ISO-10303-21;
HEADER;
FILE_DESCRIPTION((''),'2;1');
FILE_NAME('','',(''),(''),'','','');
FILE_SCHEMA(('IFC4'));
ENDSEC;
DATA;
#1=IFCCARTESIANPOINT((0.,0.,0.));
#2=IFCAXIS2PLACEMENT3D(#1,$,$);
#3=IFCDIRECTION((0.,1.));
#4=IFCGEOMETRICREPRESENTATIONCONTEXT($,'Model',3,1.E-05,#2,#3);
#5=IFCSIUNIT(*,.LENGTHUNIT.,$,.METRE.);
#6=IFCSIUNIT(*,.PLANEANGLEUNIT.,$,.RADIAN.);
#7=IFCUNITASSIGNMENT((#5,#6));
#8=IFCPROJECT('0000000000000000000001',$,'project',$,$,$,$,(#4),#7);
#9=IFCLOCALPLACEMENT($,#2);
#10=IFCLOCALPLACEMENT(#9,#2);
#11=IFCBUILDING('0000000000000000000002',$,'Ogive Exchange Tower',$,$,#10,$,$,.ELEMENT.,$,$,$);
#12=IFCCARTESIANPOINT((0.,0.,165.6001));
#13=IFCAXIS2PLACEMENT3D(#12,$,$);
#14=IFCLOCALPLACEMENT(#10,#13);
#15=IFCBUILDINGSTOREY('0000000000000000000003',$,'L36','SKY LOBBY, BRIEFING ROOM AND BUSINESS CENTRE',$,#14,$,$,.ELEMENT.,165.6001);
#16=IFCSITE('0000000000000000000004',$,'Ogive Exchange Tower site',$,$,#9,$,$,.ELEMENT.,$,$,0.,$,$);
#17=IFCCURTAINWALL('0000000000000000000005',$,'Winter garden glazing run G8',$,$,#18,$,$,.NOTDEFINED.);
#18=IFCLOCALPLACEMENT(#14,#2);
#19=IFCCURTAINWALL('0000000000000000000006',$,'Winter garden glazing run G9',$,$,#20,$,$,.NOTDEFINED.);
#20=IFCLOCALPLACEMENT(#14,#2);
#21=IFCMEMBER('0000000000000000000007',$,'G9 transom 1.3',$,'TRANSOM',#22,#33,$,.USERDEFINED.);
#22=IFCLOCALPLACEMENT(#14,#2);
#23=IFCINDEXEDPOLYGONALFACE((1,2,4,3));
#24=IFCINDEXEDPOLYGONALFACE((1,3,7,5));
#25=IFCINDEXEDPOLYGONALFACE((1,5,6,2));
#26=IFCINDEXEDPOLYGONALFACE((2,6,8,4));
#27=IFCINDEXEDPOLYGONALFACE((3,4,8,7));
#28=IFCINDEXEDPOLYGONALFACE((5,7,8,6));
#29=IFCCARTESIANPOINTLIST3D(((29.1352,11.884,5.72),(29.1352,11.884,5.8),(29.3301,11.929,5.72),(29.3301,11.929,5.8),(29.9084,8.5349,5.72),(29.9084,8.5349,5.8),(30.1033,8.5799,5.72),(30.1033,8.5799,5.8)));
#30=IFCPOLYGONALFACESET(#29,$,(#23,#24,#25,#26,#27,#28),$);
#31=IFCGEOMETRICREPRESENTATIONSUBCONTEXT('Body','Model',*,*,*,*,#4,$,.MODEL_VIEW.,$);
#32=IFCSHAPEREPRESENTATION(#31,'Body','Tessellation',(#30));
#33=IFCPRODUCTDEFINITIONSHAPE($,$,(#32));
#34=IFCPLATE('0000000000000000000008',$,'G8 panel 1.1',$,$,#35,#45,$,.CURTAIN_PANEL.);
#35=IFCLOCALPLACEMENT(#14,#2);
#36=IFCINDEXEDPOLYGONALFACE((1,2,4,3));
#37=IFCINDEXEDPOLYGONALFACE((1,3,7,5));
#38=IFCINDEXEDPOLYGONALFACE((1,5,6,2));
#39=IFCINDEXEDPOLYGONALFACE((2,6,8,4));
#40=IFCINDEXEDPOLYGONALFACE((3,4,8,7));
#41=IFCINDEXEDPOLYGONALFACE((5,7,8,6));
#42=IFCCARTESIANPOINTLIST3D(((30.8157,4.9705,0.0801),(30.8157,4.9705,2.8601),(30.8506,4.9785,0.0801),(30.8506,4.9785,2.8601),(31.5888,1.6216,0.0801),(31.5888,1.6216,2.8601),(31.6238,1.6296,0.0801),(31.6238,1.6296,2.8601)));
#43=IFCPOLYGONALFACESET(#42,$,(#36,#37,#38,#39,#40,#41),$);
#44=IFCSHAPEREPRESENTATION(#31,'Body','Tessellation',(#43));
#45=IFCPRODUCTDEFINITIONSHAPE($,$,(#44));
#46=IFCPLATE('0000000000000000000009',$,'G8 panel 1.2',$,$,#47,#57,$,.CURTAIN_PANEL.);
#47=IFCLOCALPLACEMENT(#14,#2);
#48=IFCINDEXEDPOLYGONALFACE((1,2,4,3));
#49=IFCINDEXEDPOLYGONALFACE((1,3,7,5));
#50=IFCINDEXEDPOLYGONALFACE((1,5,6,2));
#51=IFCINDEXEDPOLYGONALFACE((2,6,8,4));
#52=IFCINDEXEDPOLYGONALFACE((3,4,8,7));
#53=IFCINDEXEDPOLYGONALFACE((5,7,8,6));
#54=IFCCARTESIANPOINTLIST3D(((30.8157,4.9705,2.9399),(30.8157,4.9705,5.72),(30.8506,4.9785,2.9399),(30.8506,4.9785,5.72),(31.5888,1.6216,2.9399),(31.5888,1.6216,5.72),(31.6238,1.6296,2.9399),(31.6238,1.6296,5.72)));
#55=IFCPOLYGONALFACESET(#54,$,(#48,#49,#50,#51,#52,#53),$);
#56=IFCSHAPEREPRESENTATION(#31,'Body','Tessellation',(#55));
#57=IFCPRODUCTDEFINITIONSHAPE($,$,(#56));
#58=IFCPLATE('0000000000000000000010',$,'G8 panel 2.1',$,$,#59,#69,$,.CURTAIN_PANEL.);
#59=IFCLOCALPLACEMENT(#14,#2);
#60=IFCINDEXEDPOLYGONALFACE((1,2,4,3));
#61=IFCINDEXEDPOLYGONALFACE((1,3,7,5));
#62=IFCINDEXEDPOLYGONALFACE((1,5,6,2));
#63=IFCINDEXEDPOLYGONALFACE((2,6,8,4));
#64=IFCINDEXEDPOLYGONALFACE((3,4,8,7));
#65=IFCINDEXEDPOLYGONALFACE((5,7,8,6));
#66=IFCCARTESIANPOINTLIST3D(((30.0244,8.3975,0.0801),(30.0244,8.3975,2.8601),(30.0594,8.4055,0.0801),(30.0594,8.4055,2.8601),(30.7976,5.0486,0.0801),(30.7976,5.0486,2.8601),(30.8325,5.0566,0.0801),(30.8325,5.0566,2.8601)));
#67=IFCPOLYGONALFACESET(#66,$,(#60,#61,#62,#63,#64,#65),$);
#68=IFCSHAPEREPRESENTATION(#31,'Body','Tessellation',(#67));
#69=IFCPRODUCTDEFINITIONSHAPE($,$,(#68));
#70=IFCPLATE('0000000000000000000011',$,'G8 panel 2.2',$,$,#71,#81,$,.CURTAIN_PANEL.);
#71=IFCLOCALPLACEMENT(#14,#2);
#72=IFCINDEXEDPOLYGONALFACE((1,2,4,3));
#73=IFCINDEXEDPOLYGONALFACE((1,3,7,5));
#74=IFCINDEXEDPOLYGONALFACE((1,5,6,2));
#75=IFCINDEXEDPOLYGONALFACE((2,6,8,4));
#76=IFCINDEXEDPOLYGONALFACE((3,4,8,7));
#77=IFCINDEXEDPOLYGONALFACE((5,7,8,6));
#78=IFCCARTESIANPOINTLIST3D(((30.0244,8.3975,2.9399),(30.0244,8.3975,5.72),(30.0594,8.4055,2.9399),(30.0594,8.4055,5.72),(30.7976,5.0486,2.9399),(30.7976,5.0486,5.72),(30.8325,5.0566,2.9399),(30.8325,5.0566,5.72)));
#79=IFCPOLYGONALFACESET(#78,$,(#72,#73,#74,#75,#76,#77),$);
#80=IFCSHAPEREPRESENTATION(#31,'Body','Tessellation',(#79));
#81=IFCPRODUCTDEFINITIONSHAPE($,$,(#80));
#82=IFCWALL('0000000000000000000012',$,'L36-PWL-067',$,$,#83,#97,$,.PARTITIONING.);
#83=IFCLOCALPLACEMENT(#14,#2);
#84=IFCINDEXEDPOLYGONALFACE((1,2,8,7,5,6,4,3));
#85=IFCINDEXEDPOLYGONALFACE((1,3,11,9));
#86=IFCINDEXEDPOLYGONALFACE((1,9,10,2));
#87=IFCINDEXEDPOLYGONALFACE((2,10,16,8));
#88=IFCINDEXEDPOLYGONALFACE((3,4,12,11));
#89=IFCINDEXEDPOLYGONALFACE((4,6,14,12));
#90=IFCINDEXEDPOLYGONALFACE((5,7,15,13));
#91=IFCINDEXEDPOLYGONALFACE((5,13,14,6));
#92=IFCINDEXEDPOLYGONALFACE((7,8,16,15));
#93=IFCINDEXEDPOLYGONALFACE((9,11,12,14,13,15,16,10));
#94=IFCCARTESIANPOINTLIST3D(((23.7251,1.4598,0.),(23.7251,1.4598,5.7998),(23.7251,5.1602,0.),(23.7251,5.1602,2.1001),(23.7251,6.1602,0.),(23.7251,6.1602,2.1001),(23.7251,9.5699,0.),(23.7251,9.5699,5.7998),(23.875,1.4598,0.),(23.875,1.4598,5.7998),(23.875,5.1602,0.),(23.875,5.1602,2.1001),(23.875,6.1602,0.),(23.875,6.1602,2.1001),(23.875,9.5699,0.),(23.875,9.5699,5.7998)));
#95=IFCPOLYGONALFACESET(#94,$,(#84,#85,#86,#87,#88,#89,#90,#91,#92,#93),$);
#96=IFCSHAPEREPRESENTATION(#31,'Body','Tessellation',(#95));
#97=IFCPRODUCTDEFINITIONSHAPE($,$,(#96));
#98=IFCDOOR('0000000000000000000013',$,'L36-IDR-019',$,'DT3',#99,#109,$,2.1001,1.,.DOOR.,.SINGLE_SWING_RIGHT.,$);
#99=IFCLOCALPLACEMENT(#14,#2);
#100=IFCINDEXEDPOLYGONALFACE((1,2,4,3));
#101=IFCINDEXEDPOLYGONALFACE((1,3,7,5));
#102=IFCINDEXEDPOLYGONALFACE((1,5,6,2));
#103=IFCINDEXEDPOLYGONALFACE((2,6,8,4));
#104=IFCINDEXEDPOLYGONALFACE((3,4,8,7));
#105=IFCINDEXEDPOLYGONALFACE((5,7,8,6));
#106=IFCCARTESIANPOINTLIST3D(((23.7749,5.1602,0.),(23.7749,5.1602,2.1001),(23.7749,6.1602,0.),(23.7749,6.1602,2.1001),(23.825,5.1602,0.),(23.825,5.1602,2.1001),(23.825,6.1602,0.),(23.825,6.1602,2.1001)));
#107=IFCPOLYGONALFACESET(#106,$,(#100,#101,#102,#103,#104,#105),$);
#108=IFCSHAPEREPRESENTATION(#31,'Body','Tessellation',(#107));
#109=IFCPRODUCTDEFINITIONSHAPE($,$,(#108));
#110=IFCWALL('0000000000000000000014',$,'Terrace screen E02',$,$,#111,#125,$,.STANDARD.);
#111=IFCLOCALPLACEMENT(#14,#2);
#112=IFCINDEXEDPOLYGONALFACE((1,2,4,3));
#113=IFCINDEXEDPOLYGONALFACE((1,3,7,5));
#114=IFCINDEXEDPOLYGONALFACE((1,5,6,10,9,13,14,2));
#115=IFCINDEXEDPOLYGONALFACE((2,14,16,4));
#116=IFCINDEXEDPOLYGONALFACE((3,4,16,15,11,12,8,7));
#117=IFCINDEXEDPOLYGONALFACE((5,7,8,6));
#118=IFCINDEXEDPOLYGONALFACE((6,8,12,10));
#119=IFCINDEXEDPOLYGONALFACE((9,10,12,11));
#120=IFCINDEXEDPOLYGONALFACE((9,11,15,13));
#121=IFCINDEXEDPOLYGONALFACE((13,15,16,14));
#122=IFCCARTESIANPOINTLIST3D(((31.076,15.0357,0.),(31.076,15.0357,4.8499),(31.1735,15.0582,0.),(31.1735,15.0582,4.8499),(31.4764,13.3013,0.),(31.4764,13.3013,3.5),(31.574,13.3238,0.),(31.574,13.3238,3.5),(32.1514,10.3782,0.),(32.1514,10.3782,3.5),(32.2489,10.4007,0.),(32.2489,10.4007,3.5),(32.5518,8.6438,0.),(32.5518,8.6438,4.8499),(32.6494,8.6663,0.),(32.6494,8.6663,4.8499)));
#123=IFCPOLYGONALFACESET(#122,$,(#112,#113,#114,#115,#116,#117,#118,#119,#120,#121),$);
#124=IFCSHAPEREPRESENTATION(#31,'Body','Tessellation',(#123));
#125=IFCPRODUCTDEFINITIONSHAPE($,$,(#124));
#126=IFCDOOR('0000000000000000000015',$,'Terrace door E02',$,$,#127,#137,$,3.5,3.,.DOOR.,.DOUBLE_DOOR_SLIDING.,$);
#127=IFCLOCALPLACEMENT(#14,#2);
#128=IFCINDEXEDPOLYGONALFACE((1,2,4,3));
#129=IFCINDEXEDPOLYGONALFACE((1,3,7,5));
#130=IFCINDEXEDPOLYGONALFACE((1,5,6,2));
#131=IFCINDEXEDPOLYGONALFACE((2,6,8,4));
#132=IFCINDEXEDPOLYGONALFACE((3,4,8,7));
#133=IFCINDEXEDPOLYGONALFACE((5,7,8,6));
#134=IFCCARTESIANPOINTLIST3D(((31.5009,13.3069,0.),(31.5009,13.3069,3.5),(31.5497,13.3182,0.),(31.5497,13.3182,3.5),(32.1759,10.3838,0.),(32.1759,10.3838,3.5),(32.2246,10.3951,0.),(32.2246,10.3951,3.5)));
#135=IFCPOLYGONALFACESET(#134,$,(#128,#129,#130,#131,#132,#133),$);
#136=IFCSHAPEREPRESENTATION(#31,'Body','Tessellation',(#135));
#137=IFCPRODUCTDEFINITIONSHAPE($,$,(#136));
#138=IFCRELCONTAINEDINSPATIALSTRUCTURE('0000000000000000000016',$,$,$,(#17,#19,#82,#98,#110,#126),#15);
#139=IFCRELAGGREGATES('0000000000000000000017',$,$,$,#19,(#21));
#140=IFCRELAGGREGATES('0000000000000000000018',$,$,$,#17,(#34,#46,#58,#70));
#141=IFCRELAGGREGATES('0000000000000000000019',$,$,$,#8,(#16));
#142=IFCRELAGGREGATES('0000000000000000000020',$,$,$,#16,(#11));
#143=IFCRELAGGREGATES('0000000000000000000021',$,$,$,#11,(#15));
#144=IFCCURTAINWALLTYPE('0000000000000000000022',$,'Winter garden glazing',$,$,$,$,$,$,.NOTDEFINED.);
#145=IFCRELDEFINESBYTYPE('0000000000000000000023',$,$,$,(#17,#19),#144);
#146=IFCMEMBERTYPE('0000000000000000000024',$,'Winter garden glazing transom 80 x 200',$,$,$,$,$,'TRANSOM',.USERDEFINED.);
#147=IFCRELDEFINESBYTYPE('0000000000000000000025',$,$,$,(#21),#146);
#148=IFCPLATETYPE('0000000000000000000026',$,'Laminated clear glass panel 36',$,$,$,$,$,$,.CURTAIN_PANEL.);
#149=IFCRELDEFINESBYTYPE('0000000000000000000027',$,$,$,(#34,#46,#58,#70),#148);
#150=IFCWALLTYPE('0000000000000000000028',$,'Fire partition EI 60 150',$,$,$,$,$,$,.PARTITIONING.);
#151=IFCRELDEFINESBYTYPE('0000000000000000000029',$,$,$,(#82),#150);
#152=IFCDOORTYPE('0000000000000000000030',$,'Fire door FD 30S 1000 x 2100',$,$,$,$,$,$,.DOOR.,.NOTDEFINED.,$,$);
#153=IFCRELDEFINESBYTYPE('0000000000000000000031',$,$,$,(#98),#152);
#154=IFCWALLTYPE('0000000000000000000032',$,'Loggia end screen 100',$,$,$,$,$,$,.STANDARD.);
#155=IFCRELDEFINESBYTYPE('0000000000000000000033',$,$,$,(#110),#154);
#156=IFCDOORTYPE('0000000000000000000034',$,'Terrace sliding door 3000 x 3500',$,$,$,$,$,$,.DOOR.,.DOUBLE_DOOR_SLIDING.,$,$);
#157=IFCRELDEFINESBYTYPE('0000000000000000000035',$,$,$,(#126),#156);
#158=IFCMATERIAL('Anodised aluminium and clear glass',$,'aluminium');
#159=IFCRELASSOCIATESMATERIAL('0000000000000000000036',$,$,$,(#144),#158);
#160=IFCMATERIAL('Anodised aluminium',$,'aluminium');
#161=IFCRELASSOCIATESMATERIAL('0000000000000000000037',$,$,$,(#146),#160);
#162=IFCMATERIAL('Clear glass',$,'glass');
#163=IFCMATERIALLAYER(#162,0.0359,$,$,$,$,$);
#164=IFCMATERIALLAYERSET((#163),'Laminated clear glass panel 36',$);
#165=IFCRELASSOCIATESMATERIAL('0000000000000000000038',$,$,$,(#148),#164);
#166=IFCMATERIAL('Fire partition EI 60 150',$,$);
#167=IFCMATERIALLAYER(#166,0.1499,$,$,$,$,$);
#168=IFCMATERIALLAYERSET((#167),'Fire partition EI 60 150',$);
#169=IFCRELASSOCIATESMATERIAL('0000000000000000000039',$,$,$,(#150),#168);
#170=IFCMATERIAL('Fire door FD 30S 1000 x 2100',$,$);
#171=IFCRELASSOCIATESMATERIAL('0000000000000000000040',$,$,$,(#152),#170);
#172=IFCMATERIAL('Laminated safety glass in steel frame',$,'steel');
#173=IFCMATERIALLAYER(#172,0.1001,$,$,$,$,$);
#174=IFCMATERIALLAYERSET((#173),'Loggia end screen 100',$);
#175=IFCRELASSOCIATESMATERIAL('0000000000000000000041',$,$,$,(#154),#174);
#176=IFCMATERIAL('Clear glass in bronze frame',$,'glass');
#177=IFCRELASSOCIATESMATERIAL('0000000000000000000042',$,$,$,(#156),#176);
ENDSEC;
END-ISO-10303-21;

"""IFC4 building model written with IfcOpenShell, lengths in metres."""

from ifc_helpers import new_model, si_unit, direction, frame, frame_2d, origin, origin_2d, place, context, subcontext, project, spatial, rectangle, extrude, material, layer, layer_set, material_profile, profile_set, type_object, element, fill, aggregate, save


model = new_model("IFC4")

# Units and contexts
model_context = context("Model", 3, precision=1e-05, world=origin(), true_north=direction((0.0, 1.0)))
body_context = subcontext(model_context, "Body", "Model", "MODEL_VIEW")
ifc_project = project(units=[si_unit("LENGTHUNIT", "METRE"), si_unit("PLANEANGLEUNIT", "RADIAN")], contexts=[model_context])

# Site, building, storey
site_placement = place(None, origin())
site = spatial("IfcSite", under=ifc_project, at=site_placement, Name="Ogive Exchange Tower site", CompositionType="ELEMENT", RefElevation=0.0)
building_placement = place(site_placement, origin())
building = spatial("IfcBuilding", under=site, at=building_placement, Name="Ogive Exchange Tower", CompositionType="ELEMENT")
storey_placement = place(building_placement, frame((0.0, 0.0, 165.6001)))
storey = spatial("IfcBuildingStorey", under=building, at=storey_placement, Name="L36", Description="SKY LOBBY, BRIEFING ROOM AND BUSINESS CENTRE", CompositionType="ELEMENT", Elevation=165.6001)

# Curtain wall
ifc_material_1 = material(Name="Anodised aluminium and clear glass", Category="aluminium")
curtain_wall_type = type_object("IfcCurtainWallType", Name="Winter garden glazing", PredefinedType="NOTDEFINED", material=ifc_material_1)
curtain_wall_1_placement = place(storey_placement, origin())
curtain_wall_1 = element("IfcCurtainWall", 1, at=curtain_wall_1_placement, inside=storey, type_object=curtain_wall_type, Name="Winter garden glazing run G8", PredefinedType="NOTDEFINED")
ifc_material_2 = material(Name="Anodised aluminium", Category="aluminium")

# Curtain wall
curtain_wall_2_placement = place(storey_placement, origin())
curtain_wall_2 = element("IfcCurtainWall", 2, at=curtain_wall_2_placement, inside=storey, type_object=curtain_wall_type, Name="Winter garden glazing run G9", PredefinedType="NOTDEFINED")

# Member
ifc_material_profile_1 = material_profile(ifc_material_2, rectangle(XDim=0.2, YDim=0.0801, at=origin_2d()), Name="AL 80x200")
ifc_profile_set_1 = profile_set([ifc_material_profile_1], Name="Anodised aluminium")
member_type_1 = type_object("IfcMemberType", Name="Winter garden glazing transom 80 x 200", ElementType="TRANSOM", PredefinedType="USERDEFINED", material=ifc_profile_set_1)
member_1_placement = place(storey_placement, frame((30.0059, 8.5574, 5.76), z_axis=(-0.224948, 0.974371, 0.0), x_axis=(-0.974371, -0.224948, 0.0)))
member_1 = element("IfcMember", 3, at=member_1_placement, type_object=member_type_1, Name="G9 transom 1.3", ObjectType="TRANSOM", PredefinedType="USERDEFINED", context=body_context, shape_type="SweptSolid", body=[
    extrude(rectangle(XDim=0.2, YDim=0.0801, at=origin_2d()), origin(), (0.0, 0.0, 1.0), 3.4373),
])
aggregate(curtain_wall_2, [member_1])

# Plates
ifc_material_3 = material(Name="Clear glass", Category="glass")
ifc_layer_1 = layer(ifc_material_3, 0.0359)
ifc_layer_set_1 = layer_set([ifc_layer_1], Name="Laminated clear glass panel 36")
plate_type = type_object("IfcPlateType", Name="Laminated clear glass panel 36", PredefinedType="CURTAIN_PANEL", material=ifc_layer_set_1)
plate_1_placement = place(storey_placement, frame((31.2197, 3.3, 0.0801), z_axis=(0.0, 0.0, 1.0), x_axis=(-0.224957, 0.974369, 0.0)))
plate_1 = element("IfcPlate", 4, at=plate_1_placement, type_object=plate_type, Name="G8 panel 1.1", PredefinedType="CURTAIN_PANEL", context=body_context, shape_type="SweptSolid", body=[
    extrude(rectangle(XDim=3.437, YDim=0.0359, at=origin_2d()), origin(), (0.0, 0.0, 1.0), 2.78),
])
plate_2_placement = place(storey_placement, frame((31.2197, 3.3, 2.9399), z_axis=(0.0, 0.0, 1.0), x_axis=(-0.224957, 0.974369, 0.0)))
plate_2 = element("IfcPlate", 5, at=plate_2_placement, type_object=plate_type, Name="G8 panel 1.2", PredefinedType="CURTAIN_PANEL", context=body_context, shape_type="SweptSolid", body=[
    extrude(rectangle(XDim=3.437, YDim=0.0359, at=origin_2d()), origin(), (0.0, 0.0, 1.0), 2.78),
])
plate_3_placement = place(storey_placement, frame((30.4285, 6.7271, 0.0801), z_axis=(0.0, 0.0, 1.0), x_axis=(-0.224957, 0.974369, 0.0)))
plate_3 = element("IfcPlate", 6, at=plate_3_placement, type_object=plate_type, Name="G8 panel 2.1", PredefinedType="CURTAIN_PANEL", context=body_context, shape_type="SweptSolid", body=[
    extrude(rectangle(XDim=3.437, YDim=0.0359, at=origin_2d()), origin(), (0.0, 0.0, 1.0), 2.78),
])
plate_4_placement = place(storey_placement, frame((30.4285, 6.7271, 2.9399), z_axis=(0.0, 0.0, 1.0), x_axis=(-0.224957, 0.974369, 0.0)))
plate_4 = element("IfcPlate", 7, at=plate_4_placement, type_object=plate_type, Name="G8 panel 2.2", PredefinedType="CURTAIN_PANEL", context=body_context, shape_type="SweptSolid", body=[
    extrude(rectangle(XDim=3.437, YDim=0.0359, at=origin_2d()), origin(), (0.0, 0.0, 1.0), 2.78),
])
aggregate(curtain_wall_1, [plate_1, plate_2, plate_3, plate_4])

# Walls, openings, doors
ifc_material_4 = material(Name="Fire partition EI 60 150")
ifc_layer_2 = layer(ifc_material_4, 0.1499)
ifc_layer_set_2 = layer_set([ifc_layer_2], Name="Fire partition EI 60 150")
wall_type_1 = type_object("IfcWallType", Name="Fire partition EI 60 150", PredefinedType="PARTITIONING", material=ifc_layer_set_2)
wall_1_placement = place(storey_placement, frame((23.8, 9.5701, 0.0), z_axis=(0.0, 0.0, 1.0), x_axis=(0.0, -1.0, 0.0)))
wall_1 = element("IfcWall", 8, at=wall_1_placement, inside=storey, type_object=wall_type_1, Name="L36-PWL-067", PredefinedType="PARTITIONING", context=body_context, shape_type="SweptSolid", body=[
    extrude(rectangle(XDim=8.1101, YDim=0.1499, at=frame_2d((4.0552, 0.0))), origin(), (0.0, 0.0, 1.0), 5.7998),
])
opening_1_placement = place(wall_1_placement, frame((3.4099, 0.0, 0.0)))
opening_1 = element("IfcOpeningElement", 9, at=opening_1_placement, cuts=wall_1, PredefinedType="OPENING", context=body_context, shape_type="SweptSolid", body=[
    extrude(rectangle(XDim=1.0, YDim=2.1001, at=frame_2d((0.5, 1.05))), frame((0.0, 0.085, 0.0), z_axis=(0.0, -1.0, 0.0), x_axis=(1.0, 0.0, 0.0)), (0.0, 0.0, 1.0), 0.1699),
])
ifc_material_5 = material(Name="Fire door FD 30S 1000 x 2100")
door_type_1 = type_object("IfcDoorType", Name="Fire door FD 30S 1000 x 2100", OperationType="NOTDEFINED", PredefinedType="DOOR", material=ifc_material_5)
door_1_placement = place(opening_1_placement, origin())
door_1 = element("IfcDoor", 10, at=door_1_placement, inside=storey, type_object=door_type_1, Name="L36-IDR-019", ObjectType="DT3", OperationType="SINGLE_SWING_RIGHT", OverallHeight=2.1001, OverallWidth=1.0, PredefinedType="DOOR", context=body_context, shape_type="SweptSolid", body=[
    extrude(rectangle(XDim=1.0, YDim=2.1001, at=frame_2d((0.5, 1.05))), frame((0.0, 0.0249, 0.0), z_axis=(0.0, -1.0, 0.0), x_axis=(1.0, 0.0, 0.0)), (0.0, 0.0, 1.0), 0.05),
])
fill(opening_1, door_1)
ifc_material_6 = material(Name="Laminated safety glass in steel frame", Category="steel")
ifc_layer_3 = layer(ifc_material_6, 0.1001)
ifc_layer_set_3 = layer_set([ifc_layer_3], Name="Loggia end screen 100")
wall_type_2 = type_object("IfcWallType", Name="Loggia end screen 100", PredefinedType="STANDARD", material=ifc_layer_set_3)
wall_2_placement = place(storey_placement, frame((32.6006, 8.655, 0.0), z_axis=(0.0, 0.0, 1.0), x_axis=(-0.224974, 0.974365, 0.0)))
wall_2 = element("IfcWall", 11, at=wall_2_placement, inside=storey, type_object=wall_type_2, Name="Terrace screen E02", PredefinedType="STANDARD", context=body_context, shape_type="SweptSolid", body=[
    extrude(rectangle(XDim=6.5601, YDim=0.1001, at=frame_2d((3.28, 0.0))), origin(), (0.0, 0.0, 1.0), 4.8499),
])
opening_2_placement = place(wall_2_placement, frame((1.78, 0.0, 0.0)))
opening_2 = element("IfcOpeningElement", 12, at=opening_2_placement, cuts=wall_2, PredefinedType="OPENING", context=body_context, shape_type="SweptSolid", body=[
    extrude(rectangle(XDim=3.0, YDim=3.5, at=frame_2d((1.5, 1.75))), frame((0.0, 0.0601, 0.0), z_axis=(0.0, -1.0, 0.0), x_axis=(1.0, 0.0, 0.0)), (0.0, 0.0, 1.0), 0.1201),
])
ifc_material_7 = material(Name="Clear glass in bronze frame", Category="glass")
door_type_2 = type_object("IfcDoorType", Name="Terrace sliding door 3000 x 3500", OperationType="DOUBLE_DOOR_SLIDING", PredefinedType="DOOR", material=ifc_material_7)
door_2_placement = place(opening_2_placement, origin())
door_2 = element("IfcDoor", 13, at=door_2_placement, inside=storey, type_object=door_type_2, Name="Terrace door E02", OperationType="DOUBLE_DOOR_SLIDING", OverallHeight=3.5, OverallWidth=3.0, PredefinedType="DOOR", context=body_context, shape_type="SweptSolid", body=[
    extrude(rectangle(XDim=3.0, YDim=3.5, at=frame_2d((1.5, 1.75))), frame((0.0, 0.0249, 0.0), z_axis=(0.0, -1.0, 0.0), x_axis=(1.0, 0.0, 0.0)), (0.0, 0.0, 1.0), 0.05),
])
fill(opening_2, door_2)

save(model, "model.ifc")
